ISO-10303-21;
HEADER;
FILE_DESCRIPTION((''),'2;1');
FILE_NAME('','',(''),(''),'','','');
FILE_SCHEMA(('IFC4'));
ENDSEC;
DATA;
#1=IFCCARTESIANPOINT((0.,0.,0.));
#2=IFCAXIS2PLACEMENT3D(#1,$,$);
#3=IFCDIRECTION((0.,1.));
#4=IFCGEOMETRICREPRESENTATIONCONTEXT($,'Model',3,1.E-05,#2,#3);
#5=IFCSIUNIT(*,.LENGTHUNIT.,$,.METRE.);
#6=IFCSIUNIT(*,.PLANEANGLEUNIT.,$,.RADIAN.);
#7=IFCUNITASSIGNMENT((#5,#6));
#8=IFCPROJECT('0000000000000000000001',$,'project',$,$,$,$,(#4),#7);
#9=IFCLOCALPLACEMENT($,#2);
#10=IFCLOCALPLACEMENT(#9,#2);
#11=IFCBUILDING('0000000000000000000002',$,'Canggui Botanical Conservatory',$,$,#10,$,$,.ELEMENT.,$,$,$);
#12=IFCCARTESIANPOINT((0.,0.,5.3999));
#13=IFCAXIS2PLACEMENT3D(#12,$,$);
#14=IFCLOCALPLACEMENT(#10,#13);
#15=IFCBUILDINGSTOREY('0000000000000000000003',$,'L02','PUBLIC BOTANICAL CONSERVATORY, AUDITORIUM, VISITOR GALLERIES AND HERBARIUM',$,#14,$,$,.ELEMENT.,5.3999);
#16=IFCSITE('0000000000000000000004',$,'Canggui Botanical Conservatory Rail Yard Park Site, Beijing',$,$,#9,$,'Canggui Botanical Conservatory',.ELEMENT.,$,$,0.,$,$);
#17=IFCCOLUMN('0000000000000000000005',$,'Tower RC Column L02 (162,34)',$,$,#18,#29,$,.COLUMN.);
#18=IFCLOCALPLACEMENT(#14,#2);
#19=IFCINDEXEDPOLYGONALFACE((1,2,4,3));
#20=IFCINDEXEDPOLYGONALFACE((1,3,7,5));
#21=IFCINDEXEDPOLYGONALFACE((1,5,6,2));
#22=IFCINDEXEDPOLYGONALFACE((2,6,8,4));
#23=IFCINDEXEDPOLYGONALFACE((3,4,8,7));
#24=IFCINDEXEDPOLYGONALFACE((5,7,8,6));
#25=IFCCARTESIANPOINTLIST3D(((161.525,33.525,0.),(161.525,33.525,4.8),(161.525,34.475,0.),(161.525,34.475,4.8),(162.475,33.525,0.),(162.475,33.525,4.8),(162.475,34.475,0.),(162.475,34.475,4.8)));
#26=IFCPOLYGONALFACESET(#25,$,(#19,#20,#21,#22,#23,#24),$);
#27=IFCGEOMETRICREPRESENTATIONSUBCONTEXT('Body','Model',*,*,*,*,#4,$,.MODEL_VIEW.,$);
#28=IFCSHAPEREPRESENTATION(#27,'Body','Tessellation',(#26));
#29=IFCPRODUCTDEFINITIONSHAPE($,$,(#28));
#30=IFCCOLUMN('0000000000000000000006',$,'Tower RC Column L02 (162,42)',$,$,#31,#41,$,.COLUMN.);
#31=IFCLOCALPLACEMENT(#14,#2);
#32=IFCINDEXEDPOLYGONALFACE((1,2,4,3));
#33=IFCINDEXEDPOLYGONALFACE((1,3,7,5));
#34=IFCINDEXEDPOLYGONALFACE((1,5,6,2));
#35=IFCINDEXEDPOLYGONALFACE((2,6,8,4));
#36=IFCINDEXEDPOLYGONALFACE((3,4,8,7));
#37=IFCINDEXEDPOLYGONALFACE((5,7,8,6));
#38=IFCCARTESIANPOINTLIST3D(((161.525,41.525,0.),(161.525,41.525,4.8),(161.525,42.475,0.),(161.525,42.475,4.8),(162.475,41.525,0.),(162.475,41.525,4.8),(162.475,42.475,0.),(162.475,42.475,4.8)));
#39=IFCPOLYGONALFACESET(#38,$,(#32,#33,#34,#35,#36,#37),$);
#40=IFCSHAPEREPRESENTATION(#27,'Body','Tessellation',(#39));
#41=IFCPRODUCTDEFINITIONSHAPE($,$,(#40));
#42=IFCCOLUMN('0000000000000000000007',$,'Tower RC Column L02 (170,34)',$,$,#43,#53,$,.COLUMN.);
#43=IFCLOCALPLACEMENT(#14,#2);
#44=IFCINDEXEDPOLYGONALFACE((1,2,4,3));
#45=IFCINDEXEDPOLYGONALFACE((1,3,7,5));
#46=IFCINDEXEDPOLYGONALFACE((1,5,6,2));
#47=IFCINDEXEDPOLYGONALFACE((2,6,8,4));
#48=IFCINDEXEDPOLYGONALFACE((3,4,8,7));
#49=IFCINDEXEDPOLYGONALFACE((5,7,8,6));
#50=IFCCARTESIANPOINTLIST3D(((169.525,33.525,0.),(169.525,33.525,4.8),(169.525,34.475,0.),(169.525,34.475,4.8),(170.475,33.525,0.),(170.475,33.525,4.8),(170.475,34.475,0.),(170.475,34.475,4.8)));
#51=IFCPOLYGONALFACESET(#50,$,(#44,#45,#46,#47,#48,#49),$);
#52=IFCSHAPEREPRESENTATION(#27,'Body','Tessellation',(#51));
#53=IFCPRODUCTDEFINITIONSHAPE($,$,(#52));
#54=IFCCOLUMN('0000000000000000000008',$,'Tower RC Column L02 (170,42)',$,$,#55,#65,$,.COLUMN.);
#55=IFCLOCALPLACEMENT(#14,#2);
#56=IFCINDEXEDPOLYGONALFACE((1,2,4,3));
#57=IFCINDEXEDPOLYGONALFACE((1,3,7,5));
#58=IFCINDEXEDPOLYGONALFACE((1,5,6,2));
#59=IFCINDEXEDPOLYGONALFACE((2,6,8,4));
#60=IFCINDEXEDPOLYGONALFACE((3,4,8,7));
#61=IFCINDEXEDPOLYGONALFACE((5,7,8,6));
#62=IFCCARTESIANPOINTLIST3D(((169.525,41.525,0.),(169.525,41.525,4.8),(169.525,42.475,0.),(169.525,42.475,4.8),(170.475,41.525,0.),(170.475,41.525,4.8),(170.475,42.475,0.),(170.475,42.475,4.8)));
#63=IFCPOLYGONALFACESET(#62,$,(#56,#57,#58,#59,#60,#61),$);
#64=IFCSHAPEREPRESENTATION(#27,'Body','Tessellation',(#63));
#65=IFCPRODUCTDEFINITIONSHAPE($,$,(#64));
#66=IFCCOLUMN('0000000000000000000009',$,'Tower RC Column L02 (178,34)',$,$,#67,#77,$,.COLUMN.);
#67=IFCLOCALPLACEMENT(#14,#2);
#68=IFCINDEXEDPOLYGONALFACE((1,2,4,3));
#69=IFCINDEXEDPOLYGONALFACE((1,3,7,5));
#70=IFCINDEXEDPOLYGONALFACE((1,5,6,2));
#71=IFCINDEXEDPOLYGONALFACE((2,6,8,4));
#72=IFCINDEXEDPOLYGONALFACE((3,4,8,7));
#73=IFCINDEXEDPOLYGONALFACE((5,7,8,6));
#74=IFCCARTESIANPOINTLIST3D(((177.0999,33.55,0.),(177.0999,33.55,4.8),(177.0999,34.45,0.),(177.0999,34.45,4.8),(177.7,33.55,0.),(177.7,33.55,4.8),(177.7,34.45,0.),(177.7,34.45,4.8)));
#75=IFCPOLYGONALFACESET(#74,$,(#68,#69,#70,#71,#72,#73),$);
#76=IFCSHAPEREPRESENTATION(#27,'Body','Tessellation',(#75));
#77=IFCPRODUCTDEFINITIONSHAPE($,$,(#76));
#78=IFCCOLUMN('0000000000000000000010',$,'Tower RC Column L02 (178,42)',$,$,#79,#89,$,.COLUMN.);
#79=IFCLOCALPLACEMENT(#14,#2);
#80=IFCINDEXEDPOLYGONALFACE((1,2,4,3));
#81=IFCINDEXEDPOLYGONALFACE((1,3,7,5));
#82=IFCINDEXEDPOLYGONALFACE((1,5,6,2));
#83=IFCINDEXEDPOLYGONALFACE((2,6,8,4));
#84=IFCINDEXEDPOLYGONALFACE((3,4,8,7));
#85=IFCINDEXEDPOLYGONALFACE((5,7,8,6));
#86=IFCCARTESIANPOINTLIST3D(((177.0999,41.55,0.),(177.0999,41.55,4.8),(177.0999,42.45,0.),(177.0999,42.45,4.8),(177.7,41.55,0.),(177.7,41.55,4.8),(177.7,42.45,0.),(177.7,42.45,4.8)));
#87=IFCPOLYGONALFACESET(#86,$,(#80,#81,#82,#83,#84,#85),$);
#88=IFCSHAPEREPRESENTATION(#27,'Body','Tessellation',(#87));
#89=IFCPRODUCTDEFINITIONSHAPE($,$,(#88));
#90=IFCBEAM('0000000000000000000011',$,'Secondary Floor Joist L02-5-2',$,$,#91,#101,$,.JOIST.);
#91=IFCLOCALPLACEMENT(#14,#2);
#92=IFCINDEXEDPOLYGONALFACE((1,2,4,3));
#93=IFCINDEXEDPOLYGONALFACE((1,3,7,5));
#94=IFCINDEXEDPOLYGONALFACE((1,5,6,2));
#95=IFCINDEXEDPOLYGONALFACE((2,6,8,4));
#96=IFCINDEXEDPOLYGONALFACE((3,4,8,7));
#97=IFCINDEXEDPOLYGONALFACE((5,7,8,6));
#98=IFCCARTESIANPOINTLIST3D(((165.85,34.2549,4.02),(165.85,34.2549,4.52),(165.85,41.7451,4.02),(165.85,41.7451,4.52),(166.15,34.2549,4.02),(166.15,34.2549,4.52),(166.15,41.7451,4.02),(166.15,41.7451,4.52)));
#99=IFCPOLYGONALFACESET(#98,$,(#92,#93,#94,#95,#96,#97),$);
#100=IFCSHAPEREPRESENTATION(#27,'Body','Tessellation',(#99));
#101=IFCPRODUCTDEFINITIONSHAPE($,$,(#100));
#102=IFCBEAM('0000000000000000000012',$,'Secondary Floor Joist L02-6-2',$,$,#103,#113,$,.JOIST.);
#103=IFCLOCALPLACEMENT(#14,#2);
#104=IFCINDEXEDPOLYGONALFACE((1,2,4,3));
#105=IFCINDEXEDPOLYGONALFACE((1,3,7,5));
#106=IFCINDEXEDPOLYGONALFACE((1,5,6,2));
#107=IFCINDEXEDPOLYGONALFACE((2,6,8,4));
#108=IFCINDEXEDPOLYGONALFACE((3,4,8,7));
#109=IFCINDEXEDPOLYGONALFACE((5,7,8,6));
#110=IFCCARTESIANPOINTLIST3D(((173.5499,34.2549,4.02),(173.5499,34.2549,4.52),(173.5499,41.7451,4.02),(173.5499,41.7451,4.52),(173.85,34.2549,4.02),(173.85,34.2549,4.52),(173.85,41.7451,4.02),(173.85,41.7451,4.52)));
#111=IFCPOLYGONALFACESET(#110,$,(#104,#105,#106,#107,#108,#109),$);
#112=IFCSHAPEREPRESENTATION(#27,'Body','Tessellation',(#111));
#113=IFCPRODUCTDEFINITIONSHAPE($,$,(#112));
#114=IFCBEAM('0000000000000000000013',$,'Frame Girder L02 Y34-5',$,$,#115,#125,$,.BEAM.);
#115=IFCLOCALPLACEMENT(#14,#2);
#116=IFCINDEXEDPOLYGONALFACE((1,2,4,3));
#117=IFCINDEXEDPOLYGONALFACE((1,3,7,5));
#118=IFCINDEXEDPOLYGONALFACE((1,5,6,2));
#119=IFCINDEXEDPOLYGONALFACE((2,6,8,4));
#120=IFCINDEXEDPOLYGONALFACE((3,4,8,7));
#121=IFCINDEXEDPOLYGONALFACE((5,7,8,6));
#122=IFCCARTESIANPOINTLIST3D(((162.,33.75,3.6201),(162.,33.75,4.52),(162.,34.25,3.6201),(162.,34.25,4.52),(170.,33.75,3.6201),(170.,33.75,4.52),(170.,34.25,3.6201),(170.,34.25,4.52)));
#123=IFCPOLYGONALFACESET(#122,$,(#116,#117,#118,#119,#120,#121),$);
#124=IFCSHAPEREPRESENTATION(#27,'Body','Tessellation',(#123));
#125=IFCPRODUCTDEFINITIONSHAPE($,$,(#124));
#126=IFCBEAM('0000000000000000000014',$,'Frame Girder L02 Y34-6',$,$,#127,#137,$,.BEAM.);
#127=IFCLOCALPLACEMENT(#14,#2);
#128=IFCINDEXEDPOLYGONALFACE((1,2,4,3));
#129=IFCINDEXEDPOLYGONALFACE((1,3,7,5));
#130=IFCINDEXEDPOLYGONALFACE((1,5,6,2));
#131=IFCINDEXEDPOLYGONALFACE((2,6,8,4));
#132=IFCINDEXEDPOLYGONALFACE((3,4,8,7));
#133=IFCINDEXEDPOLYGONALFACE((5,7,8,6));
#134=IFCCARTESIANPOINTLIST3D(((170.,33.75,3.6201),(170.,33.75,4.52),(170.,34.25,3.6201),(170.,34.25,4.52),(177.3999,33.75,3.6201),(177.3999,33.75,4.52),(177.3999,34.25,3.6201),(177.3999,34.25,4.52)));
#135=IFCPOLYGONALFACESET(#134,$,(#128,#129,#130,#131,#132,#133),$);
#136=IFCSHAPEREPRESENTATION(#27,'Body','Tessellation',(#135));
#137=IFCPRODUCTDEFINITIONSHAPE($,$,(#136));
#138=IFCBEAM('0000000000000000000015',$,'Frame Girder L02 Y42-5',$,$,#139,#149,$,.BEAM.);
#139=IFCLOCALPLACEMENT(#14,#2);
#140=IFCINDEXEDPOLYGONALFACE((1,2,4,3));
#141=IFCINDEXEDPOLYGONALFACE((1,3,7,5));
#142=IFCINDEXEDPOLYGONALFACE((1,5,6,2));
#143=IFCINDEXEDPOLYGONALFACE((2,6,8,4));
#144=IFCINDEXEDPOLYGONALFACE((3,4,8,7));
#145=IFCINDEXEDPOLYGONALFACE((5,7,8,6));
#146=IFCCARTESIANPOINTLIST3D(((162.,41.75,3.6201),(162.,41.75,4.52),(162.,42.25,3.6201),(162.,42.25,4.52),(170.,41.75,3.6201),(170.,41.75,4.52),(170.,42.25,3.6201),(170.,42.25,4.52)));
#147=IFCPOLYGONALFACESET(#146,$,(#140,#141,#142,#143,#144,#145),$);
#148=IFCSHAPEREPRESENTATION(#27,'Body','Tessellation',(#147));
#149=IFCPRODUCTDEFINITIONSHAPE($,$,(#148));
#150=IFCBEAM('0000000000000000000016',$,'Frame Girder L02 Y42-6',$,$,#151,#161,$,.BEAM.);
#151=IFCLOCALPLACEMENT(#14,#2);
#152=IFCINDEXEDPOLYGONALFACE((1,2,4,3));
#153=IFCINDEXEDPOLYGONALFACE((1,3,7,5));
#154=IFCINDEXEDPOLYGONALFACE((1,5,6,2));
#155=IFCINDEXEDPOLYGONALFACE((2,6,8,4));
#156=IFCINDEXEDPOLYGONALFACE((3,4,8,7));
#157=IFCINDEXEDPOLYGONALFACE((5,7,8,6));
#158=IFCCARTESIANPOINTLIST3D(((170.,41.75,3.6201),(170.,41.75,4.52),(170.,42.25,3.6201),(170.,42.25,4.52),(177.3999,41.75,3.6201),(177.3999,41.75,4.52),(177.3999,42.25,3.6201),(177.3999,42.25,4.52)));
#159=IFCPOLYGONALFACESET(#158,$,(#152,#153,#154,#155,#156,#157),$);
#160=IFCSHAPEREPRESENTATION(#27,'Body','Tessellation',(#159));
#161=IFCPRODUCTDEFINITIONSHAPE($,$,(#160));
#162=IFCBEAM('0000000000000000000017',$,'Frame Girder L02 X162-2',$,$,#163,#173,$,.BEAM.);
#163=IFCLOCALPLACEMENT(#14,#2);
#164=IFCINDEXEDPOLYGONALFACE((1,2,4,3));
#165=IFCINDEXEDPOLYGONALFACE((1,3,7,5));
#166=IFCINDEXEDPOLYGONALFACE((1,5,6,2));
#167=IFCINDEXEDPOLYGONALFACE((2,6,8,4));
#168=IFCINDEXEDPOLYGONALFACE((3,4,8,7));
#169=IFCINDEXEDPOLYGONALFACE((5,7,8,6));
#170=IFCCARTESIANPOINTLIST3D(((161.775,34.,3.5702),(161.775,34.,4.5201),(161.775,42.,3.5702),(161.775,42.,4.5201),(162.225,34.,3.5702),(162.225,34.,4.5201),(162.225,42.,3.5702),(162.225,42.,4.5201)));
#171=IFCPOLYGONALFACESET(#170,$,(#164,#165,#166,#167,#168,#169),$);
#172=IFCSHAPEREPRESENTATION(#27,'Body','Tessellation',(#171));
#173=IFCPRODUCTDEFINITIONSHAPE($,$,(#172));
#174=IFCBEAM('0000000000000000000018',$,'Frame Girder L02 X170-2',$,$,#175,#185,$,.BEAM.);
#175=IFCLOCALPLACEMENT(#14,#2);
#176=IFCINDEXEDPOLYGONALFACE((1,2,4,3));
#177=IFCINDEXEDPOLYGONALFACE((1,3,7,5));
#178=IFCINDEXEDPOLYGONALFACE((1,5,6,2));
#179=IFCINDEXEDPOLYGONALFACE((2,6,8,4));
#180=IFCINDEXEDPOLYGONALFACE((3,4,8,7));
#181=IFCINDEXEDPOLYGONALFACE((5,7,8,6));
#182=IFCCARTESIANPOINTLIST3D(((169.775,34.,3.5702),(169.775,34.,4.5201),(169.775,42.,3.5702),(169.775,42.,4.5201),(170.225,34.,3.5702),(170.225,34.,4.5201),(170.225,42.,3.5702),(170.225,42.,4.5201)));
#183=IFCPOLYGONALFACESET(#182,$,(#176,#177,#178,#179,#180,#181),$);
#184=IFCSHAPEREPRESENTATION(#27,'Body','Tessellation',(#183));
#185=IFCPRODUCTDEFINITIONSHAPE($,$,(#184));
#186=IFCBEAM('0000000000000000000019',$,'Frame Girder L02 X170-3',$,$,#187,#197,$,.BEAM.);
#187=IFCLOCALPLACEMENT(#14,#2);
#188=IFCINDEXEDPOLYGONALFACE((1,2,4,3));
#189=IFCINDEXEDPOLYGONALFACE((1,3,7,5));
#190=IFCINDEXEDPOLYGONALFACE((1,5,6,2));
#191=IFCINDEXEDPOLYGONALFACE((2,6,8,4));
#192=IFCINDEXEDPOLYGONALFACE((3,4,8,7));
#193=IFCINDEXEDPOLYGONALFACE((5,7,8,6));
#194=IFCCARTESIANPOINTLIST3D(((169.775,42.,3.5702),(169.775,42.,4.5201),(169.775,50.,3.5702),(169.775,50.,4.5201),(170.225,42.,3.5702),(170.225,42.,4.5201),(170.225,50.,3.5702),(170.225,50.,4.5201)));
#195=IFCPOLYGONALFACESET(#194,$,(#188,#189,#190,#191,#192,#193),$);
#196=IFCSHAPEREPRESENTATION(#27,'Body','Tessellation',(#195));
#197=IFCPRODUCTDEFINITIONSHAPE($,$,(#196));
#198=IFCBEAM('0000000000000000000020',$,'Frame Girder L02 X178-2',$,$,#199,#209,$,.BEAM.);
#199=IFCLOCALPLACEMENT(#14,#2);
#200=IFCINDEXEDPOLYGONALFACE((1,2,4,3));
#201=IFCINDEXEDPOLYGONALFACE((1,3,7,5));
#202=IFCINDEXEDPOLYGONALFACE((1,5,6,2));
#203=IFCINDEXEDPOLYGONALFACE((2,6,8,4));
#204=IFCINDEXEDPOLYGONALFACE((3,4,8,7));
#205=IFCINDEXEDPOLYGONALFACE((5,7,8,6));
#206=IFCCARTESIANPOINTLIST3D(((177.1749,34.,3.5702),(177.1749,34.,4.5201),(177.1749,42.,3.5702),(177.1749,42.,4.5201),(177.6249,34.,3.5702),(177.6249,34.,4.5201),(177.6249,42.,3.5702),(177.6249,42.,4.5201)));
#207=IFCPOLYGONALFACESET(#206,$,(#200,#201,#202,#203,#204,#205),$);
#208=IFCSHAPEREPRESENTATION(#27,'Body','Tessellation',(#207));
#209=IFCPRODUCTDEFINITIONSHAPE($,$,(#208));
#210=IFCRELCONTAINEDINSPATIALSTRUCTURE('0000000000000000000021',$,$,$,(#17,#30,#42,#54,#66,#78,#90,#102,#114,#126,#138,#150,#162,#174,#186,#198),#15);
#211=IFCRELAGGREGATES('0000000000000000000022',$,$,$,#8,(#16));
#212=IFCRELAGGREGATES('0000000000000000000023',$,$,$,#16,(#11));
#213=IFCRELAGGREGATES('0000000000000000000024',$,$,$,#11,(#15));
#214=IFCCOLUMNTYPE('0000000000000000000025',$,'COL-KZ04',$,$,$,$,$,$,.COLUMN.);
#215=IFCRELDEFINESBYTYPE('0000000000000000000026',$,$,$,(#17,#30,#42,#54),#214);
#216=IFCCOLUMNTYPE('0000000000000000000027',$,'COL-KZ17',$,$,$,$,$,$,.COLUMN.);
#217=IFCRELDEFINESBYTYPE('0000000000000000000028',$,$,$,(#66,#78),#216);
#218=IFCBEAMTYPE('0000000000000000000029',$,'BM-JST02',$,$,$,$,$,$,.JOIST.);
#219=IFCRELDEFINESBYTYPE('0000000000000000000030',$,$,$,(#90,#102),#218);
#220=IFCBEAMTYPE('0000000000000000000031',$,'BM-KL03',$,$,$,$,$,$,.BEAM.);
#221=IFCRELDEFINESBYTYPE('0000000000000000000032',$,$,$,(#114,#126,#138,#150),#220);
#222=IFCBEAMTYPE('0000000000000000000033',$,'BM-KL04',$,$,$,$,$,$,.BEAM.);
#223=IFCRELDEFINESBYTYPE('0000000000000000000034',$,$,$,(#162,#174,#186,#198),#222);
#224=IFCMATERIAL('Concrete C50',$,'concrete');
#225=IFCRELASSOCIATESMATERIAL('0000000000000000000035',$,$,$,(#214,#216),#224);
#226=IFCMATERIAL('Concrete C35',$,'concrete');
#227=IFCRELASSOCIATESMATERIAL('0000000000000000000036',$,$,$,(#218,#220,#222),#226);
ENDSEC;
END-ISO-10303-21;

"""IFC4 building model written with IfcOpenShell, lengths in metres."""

from ifc_helpers import new_model, si_unit, direction, frame, origin, origin_2d, place, context, subcontext, project, spatial, rectangle, extrude, material, material_profile, profile_set, type_object, element, save


model = new_model("IFC4")

# Units and contexts
model_context = context("Model", 3, precision=1e-05, world=origin(), true_north=direction((0.0, 1.0)))
body_context = subcontext(model_context, "Body", "Model", "MODEL_VIEW")
ifc_project = project(units=[si_unit("LENGTHUNIT", "METRE"), si_unit("PLANEANGLEUNIT", "RADIAN")], contexts=[model_context])

# Site, building, storey
site_placement = place(None, origin())
site = spatial("IfcSite", under=ifc_project, at=site_placement, Name="Canggui Botanical Conservatory Rail Yard Park Site, Beijing", LongName="Canggui Botanical Conservatory", CompositionType="ELEMENT", RefElevation=0.0)
building_placement = place(site_placement, origin())
building = spatial("IfcBuilding", under=site, at=building_placement, Name="Canggui Botanical Conservatory", CompositionType="ELEMENT")
storey_placement = place(building_placement, frame((0.0, 0.0, 5.3999)))
storey = spatial("IfcBuildingStorey", under=building, at=storey_placement, Name="L02", Description="PUBLIC BOTANICAL CONSERVATORY, AUDITORIUM, VISITOR GALLERIES AND HERBARIUM", CompositionType="ELEMENT", Elevation=5.3999)

# Columns
ifc_material_1 = material(Name="Concrete C50", Category="concrete")
ifc_material_profile_1 = material_profile(ifc_material_1, rectangle(XDim=0.95, YDim=0.95, at=origin_2d()), Name="RC 950x950")
ifc_profile_set_1 = profile_set([ifc_material_profile_1], Name="Concrete C50")
column_type_1 = type_object("IfcColumnType", Name="COL-KZ04", PredefinedType="COLUMN", material=ifc_profile_set_1)
for number, where, z_axis, x_axis, name in (
    (1, (162.0, 34.0, 0.0), (0.0, 0.0, 1.0), (1.0, 0.0, 0.0), "Tower RC Column L02 (162,34)"),
    (2, (162.0, 42.0, 0.0), (0.0, 0.0, 1.0), (1.0, 0.0, 0.0), "Tower RC Column L02 (162,42)"),
    (3, (170.0, 34.0, 0.0), (0.0, 0.0, 1.0), (1.0, 0.0, 0.0), "Tower RC Column L02 (170,34)"),
    (4, (170.0, 42.0, 0.0), (0.0, 0.0, 1.0), (1.0, 0.0, 0.0), "Tower RC Column L02 (170,42)"),
):
    element("IfcColumn", number, at=place(storey_placement, frame(where, z_axis=z_axis, x_axis=x_axis)), inside=storey, type_object=column_type_1, Name=name, PredefinedType="COLUMN", context=body_context, shape_type="SweptSolid", body=[
        extrude(rectangle(XDim=0.95, YDim=0.95, at=origin_2d()), origin(), (0.0, 0.0, 1.0), 4.8),
    ])
ifc_material_profile_2 = material_profile(ifc_material_1, rectangle(XDim=0.6001, YDim=0.8999, at=origin_2d()), Name="RC 600x900")
ifc_profile_set_2 = profile_set([ifc_material_profile_2], Name="Concrete C50")
column_type_2 = type_object("IfcColumnType", Name="COL-KZ17", PredefinedType="COLUMN", material=ifc_profile_set_2)
for number, where, z_axis, x_axis, name in (
    (5, (177.3999, 34.0, 0.0), (0.0, 0.0, 1.0), (1.0, 0.0, 0.0), "Tower RC Column L02 (178,34)"),
    (6, (177.3999, 42.0, 0.0), (0.0, 0.0, 1.0), (1.0, 0.0, 0.0), "Tower RC Column L02 (178,42)"),
):
    element("IfcColumn", number, at=place(storey_placement, frame(where, z_axis=z_axis, x_axis=x_axis)), inside=storey, type_object=column_type_2, Name=name, PredefinedType="COLUMN", context=body_context, shape_type="SweptSolid", body=[
        extrude(rectangle(XDim=0.6001, YDim=0.8999, at=origin_2d()), origin(), (0.0, 0.0, 1.0), 4.8),
    ])

# Beams
ifc_material_2 = material(Name="Concrete C35", Category="concrete")
ifc_material_profile_3 = material_profile(ifc_material_2, rectangle(XDim=0.3, YDim=0.5, at=origin_2d()), Name="RB 300x500")
ifc_profile_set_3 = profile_set([ifc_material_profile_3], Name="Concrete C35")
beam_type_1 = type_object("IfcBeamType", Name="BM-JST02", PredefinedType="JOIST", material=ifc_profile_set_3)
for number, where, z_axis, x_axis, name in (
    (7, (166.0, 34.2549, 4.27), (0.0, 1.0, 0.0), (-1.0, 0.0, 0.0), "Secondary Floor Joist L02-5-2"),
    (8, (173.7, 34.2549, 4.27), (0.0, 1.0, 0.0), (-1.0, 0.0, 0.0), "Secondary Floor Joist L02-6-2"),
):
    element("IfcBeam", number, at=place(storey_placement, frame(where, z_axis=z_axis, x_axis=x_axis)), inside=storey, type_object=beam_type_1, Name=name, PredefinedType="JOIST", context=body_context, shape_type="SweptSolid", body=[
        extrude(rectangle(XDim=0.3, YDim=0.5, at=origin_2d()), origin(), (0.0, 0.0, 1.0), 7.4902),
    ])
ifc_material_profile_4 = material_profile(ifc_material_2, rectangle(XDim=0.5, YDim=0.8999, at=origin_2d()), Name="RB 500x900")
ifc_profile_set_4 = profile_set([ifc_material_profile_4], Name="Concrete C35")
beam_type_2 = type_object("IfcBeamType", Name="BM-KL03", PredefinedType="BEAM", material=ifc_profile_set_4)
beam_1_placement = place(storey_placement, frame((162.0, 34.0, 4.0701), z_axis=(1.0, 0.0, 0.0), x_axis=(0.0, 1.0, 0.0)))
element("IfcBeam", 9, at=beam_1_placement, inside=storey, type_object=beam_type_2, Name="Frame Girder L02 Y34-5", PredefinedType="BEAM", context=body_context, shape_type="SweptSolid", body=[
    extrude(rectangle(XDim=0.5, YDim=0.8999, at=origin_2d()), origin(), (0.0, 0.0, 1.0), 8.0),
])
beam_2_placement = place(storey_placement, frame((170.0, 34.0, 4.0701), z_axis=(1.0, 0.0, 0.0), x_axis=(0.0, 1.0, 0.0)))
element("IfcBeam", 10, at=beam_2_placement, inside=storey, type_object=beam_type_2, Name="Frame Girder L02 Y34-6", PredefinedType="BEAM", context=body_context, shape_type="SweptSolid", body=[
    extrude(rectangle(XDim=0.5, YDim=0.8999, at=origin_2d()), origin(), (0.0, 0.0, 1.0), 7.3999),
])
beam_3_placement = place(storey_placement, frame((162.0, 42.0, 4.0701), z_axis=(1.0, 0.0, 0.0), x_axis=(0.0, 1.0, 0.0)))
element("IfcBeam", 11, at=beam_3_placement, inside=storey, type_object=beam_type_2, Name="Frame Girder L02 Y42-5", PredefinedType="BEAM", context=body_context, shape_type="SweptSolid", body=[
    extrude(rectangle(XDim=0.5, YDim=0.8999, at=origin_2d()), origin(), (0.0, 0.0, 1.0), 8.0),
])
beam_4_placement = place(storey_placement, frame((170.0, 42.0, 4.0701), z_axis=(1.0, 0.0, 0.0), x_axis=(0.0, 1.0, 0.0)))
element("IfcBeam", 12, at=beam_4_placement, inside=storey, type_object=beam_type_2, Name="Frame Girder L02 Y42-6", PredefinedType="BEAM", context=body_context, shape_type="SweptSolid", body=[
    extrude(rectangle(XDim=0.5, YDim=0.8999, at=origin_2d()), origin(), (0.0, 0.0, 1.0), 7.3999),
])
ifc_material_profile_5 = material_profile(ifc_material_2, rectangle(XDim=0.45, YDim=0.95, at=origin_2d()), Name="RB 450x950")
ifc_profile_set_5 = profile_set([ifc_material_profile_5], Name="Concrete C35")
beam_type_3 = type_object("IfcBeamType", Name="BM-KL04", PredefinedType="BEAM", material=ifc_profile_set_5)
for number, where, z_axis, x_axis, name in (
    (13, (162.0, 34.0, 4.0452), (0.0, 1.0, 0.0), (-1.0, 0.0, 0.0), "Frame Girder L02 X162-2"),
    (14, (170.0, 34.0, 4.0452), (0.0, 1.0, 0.0), (-1.0, 0.0, 0.0), "Frame Girder L02 X170-2"),
    (15, (170.0, 42.0, 4.0452), (0.0, 1.0, 0.0), (-1.0, 0.0, 0.0), "Frame Girder L02 X170-3"),
    (16, (177.3999, 34.0, 4.0452), (0.0, 1.0, 0.0), (-1.0, 0.0, 0.0), "Frame Girder L02 X178-2"),
):
    element("IfcBeam", number, at=place(storey_placement, frame(where, z_axis=z_axis, x_axis=x_axis)), inside=storey, type_object=beam_type_3, Name=name, PredefinedType="BEAM", context=body_context, shape_type="SweptSolid", body=[
        extrude(rectangle(XDim=0.45, YDim=0.95, at=origin_2d()), origin(), (0.0, 0.0, 1.0), 8.0),
    ])

save(model, "model.ifc")
